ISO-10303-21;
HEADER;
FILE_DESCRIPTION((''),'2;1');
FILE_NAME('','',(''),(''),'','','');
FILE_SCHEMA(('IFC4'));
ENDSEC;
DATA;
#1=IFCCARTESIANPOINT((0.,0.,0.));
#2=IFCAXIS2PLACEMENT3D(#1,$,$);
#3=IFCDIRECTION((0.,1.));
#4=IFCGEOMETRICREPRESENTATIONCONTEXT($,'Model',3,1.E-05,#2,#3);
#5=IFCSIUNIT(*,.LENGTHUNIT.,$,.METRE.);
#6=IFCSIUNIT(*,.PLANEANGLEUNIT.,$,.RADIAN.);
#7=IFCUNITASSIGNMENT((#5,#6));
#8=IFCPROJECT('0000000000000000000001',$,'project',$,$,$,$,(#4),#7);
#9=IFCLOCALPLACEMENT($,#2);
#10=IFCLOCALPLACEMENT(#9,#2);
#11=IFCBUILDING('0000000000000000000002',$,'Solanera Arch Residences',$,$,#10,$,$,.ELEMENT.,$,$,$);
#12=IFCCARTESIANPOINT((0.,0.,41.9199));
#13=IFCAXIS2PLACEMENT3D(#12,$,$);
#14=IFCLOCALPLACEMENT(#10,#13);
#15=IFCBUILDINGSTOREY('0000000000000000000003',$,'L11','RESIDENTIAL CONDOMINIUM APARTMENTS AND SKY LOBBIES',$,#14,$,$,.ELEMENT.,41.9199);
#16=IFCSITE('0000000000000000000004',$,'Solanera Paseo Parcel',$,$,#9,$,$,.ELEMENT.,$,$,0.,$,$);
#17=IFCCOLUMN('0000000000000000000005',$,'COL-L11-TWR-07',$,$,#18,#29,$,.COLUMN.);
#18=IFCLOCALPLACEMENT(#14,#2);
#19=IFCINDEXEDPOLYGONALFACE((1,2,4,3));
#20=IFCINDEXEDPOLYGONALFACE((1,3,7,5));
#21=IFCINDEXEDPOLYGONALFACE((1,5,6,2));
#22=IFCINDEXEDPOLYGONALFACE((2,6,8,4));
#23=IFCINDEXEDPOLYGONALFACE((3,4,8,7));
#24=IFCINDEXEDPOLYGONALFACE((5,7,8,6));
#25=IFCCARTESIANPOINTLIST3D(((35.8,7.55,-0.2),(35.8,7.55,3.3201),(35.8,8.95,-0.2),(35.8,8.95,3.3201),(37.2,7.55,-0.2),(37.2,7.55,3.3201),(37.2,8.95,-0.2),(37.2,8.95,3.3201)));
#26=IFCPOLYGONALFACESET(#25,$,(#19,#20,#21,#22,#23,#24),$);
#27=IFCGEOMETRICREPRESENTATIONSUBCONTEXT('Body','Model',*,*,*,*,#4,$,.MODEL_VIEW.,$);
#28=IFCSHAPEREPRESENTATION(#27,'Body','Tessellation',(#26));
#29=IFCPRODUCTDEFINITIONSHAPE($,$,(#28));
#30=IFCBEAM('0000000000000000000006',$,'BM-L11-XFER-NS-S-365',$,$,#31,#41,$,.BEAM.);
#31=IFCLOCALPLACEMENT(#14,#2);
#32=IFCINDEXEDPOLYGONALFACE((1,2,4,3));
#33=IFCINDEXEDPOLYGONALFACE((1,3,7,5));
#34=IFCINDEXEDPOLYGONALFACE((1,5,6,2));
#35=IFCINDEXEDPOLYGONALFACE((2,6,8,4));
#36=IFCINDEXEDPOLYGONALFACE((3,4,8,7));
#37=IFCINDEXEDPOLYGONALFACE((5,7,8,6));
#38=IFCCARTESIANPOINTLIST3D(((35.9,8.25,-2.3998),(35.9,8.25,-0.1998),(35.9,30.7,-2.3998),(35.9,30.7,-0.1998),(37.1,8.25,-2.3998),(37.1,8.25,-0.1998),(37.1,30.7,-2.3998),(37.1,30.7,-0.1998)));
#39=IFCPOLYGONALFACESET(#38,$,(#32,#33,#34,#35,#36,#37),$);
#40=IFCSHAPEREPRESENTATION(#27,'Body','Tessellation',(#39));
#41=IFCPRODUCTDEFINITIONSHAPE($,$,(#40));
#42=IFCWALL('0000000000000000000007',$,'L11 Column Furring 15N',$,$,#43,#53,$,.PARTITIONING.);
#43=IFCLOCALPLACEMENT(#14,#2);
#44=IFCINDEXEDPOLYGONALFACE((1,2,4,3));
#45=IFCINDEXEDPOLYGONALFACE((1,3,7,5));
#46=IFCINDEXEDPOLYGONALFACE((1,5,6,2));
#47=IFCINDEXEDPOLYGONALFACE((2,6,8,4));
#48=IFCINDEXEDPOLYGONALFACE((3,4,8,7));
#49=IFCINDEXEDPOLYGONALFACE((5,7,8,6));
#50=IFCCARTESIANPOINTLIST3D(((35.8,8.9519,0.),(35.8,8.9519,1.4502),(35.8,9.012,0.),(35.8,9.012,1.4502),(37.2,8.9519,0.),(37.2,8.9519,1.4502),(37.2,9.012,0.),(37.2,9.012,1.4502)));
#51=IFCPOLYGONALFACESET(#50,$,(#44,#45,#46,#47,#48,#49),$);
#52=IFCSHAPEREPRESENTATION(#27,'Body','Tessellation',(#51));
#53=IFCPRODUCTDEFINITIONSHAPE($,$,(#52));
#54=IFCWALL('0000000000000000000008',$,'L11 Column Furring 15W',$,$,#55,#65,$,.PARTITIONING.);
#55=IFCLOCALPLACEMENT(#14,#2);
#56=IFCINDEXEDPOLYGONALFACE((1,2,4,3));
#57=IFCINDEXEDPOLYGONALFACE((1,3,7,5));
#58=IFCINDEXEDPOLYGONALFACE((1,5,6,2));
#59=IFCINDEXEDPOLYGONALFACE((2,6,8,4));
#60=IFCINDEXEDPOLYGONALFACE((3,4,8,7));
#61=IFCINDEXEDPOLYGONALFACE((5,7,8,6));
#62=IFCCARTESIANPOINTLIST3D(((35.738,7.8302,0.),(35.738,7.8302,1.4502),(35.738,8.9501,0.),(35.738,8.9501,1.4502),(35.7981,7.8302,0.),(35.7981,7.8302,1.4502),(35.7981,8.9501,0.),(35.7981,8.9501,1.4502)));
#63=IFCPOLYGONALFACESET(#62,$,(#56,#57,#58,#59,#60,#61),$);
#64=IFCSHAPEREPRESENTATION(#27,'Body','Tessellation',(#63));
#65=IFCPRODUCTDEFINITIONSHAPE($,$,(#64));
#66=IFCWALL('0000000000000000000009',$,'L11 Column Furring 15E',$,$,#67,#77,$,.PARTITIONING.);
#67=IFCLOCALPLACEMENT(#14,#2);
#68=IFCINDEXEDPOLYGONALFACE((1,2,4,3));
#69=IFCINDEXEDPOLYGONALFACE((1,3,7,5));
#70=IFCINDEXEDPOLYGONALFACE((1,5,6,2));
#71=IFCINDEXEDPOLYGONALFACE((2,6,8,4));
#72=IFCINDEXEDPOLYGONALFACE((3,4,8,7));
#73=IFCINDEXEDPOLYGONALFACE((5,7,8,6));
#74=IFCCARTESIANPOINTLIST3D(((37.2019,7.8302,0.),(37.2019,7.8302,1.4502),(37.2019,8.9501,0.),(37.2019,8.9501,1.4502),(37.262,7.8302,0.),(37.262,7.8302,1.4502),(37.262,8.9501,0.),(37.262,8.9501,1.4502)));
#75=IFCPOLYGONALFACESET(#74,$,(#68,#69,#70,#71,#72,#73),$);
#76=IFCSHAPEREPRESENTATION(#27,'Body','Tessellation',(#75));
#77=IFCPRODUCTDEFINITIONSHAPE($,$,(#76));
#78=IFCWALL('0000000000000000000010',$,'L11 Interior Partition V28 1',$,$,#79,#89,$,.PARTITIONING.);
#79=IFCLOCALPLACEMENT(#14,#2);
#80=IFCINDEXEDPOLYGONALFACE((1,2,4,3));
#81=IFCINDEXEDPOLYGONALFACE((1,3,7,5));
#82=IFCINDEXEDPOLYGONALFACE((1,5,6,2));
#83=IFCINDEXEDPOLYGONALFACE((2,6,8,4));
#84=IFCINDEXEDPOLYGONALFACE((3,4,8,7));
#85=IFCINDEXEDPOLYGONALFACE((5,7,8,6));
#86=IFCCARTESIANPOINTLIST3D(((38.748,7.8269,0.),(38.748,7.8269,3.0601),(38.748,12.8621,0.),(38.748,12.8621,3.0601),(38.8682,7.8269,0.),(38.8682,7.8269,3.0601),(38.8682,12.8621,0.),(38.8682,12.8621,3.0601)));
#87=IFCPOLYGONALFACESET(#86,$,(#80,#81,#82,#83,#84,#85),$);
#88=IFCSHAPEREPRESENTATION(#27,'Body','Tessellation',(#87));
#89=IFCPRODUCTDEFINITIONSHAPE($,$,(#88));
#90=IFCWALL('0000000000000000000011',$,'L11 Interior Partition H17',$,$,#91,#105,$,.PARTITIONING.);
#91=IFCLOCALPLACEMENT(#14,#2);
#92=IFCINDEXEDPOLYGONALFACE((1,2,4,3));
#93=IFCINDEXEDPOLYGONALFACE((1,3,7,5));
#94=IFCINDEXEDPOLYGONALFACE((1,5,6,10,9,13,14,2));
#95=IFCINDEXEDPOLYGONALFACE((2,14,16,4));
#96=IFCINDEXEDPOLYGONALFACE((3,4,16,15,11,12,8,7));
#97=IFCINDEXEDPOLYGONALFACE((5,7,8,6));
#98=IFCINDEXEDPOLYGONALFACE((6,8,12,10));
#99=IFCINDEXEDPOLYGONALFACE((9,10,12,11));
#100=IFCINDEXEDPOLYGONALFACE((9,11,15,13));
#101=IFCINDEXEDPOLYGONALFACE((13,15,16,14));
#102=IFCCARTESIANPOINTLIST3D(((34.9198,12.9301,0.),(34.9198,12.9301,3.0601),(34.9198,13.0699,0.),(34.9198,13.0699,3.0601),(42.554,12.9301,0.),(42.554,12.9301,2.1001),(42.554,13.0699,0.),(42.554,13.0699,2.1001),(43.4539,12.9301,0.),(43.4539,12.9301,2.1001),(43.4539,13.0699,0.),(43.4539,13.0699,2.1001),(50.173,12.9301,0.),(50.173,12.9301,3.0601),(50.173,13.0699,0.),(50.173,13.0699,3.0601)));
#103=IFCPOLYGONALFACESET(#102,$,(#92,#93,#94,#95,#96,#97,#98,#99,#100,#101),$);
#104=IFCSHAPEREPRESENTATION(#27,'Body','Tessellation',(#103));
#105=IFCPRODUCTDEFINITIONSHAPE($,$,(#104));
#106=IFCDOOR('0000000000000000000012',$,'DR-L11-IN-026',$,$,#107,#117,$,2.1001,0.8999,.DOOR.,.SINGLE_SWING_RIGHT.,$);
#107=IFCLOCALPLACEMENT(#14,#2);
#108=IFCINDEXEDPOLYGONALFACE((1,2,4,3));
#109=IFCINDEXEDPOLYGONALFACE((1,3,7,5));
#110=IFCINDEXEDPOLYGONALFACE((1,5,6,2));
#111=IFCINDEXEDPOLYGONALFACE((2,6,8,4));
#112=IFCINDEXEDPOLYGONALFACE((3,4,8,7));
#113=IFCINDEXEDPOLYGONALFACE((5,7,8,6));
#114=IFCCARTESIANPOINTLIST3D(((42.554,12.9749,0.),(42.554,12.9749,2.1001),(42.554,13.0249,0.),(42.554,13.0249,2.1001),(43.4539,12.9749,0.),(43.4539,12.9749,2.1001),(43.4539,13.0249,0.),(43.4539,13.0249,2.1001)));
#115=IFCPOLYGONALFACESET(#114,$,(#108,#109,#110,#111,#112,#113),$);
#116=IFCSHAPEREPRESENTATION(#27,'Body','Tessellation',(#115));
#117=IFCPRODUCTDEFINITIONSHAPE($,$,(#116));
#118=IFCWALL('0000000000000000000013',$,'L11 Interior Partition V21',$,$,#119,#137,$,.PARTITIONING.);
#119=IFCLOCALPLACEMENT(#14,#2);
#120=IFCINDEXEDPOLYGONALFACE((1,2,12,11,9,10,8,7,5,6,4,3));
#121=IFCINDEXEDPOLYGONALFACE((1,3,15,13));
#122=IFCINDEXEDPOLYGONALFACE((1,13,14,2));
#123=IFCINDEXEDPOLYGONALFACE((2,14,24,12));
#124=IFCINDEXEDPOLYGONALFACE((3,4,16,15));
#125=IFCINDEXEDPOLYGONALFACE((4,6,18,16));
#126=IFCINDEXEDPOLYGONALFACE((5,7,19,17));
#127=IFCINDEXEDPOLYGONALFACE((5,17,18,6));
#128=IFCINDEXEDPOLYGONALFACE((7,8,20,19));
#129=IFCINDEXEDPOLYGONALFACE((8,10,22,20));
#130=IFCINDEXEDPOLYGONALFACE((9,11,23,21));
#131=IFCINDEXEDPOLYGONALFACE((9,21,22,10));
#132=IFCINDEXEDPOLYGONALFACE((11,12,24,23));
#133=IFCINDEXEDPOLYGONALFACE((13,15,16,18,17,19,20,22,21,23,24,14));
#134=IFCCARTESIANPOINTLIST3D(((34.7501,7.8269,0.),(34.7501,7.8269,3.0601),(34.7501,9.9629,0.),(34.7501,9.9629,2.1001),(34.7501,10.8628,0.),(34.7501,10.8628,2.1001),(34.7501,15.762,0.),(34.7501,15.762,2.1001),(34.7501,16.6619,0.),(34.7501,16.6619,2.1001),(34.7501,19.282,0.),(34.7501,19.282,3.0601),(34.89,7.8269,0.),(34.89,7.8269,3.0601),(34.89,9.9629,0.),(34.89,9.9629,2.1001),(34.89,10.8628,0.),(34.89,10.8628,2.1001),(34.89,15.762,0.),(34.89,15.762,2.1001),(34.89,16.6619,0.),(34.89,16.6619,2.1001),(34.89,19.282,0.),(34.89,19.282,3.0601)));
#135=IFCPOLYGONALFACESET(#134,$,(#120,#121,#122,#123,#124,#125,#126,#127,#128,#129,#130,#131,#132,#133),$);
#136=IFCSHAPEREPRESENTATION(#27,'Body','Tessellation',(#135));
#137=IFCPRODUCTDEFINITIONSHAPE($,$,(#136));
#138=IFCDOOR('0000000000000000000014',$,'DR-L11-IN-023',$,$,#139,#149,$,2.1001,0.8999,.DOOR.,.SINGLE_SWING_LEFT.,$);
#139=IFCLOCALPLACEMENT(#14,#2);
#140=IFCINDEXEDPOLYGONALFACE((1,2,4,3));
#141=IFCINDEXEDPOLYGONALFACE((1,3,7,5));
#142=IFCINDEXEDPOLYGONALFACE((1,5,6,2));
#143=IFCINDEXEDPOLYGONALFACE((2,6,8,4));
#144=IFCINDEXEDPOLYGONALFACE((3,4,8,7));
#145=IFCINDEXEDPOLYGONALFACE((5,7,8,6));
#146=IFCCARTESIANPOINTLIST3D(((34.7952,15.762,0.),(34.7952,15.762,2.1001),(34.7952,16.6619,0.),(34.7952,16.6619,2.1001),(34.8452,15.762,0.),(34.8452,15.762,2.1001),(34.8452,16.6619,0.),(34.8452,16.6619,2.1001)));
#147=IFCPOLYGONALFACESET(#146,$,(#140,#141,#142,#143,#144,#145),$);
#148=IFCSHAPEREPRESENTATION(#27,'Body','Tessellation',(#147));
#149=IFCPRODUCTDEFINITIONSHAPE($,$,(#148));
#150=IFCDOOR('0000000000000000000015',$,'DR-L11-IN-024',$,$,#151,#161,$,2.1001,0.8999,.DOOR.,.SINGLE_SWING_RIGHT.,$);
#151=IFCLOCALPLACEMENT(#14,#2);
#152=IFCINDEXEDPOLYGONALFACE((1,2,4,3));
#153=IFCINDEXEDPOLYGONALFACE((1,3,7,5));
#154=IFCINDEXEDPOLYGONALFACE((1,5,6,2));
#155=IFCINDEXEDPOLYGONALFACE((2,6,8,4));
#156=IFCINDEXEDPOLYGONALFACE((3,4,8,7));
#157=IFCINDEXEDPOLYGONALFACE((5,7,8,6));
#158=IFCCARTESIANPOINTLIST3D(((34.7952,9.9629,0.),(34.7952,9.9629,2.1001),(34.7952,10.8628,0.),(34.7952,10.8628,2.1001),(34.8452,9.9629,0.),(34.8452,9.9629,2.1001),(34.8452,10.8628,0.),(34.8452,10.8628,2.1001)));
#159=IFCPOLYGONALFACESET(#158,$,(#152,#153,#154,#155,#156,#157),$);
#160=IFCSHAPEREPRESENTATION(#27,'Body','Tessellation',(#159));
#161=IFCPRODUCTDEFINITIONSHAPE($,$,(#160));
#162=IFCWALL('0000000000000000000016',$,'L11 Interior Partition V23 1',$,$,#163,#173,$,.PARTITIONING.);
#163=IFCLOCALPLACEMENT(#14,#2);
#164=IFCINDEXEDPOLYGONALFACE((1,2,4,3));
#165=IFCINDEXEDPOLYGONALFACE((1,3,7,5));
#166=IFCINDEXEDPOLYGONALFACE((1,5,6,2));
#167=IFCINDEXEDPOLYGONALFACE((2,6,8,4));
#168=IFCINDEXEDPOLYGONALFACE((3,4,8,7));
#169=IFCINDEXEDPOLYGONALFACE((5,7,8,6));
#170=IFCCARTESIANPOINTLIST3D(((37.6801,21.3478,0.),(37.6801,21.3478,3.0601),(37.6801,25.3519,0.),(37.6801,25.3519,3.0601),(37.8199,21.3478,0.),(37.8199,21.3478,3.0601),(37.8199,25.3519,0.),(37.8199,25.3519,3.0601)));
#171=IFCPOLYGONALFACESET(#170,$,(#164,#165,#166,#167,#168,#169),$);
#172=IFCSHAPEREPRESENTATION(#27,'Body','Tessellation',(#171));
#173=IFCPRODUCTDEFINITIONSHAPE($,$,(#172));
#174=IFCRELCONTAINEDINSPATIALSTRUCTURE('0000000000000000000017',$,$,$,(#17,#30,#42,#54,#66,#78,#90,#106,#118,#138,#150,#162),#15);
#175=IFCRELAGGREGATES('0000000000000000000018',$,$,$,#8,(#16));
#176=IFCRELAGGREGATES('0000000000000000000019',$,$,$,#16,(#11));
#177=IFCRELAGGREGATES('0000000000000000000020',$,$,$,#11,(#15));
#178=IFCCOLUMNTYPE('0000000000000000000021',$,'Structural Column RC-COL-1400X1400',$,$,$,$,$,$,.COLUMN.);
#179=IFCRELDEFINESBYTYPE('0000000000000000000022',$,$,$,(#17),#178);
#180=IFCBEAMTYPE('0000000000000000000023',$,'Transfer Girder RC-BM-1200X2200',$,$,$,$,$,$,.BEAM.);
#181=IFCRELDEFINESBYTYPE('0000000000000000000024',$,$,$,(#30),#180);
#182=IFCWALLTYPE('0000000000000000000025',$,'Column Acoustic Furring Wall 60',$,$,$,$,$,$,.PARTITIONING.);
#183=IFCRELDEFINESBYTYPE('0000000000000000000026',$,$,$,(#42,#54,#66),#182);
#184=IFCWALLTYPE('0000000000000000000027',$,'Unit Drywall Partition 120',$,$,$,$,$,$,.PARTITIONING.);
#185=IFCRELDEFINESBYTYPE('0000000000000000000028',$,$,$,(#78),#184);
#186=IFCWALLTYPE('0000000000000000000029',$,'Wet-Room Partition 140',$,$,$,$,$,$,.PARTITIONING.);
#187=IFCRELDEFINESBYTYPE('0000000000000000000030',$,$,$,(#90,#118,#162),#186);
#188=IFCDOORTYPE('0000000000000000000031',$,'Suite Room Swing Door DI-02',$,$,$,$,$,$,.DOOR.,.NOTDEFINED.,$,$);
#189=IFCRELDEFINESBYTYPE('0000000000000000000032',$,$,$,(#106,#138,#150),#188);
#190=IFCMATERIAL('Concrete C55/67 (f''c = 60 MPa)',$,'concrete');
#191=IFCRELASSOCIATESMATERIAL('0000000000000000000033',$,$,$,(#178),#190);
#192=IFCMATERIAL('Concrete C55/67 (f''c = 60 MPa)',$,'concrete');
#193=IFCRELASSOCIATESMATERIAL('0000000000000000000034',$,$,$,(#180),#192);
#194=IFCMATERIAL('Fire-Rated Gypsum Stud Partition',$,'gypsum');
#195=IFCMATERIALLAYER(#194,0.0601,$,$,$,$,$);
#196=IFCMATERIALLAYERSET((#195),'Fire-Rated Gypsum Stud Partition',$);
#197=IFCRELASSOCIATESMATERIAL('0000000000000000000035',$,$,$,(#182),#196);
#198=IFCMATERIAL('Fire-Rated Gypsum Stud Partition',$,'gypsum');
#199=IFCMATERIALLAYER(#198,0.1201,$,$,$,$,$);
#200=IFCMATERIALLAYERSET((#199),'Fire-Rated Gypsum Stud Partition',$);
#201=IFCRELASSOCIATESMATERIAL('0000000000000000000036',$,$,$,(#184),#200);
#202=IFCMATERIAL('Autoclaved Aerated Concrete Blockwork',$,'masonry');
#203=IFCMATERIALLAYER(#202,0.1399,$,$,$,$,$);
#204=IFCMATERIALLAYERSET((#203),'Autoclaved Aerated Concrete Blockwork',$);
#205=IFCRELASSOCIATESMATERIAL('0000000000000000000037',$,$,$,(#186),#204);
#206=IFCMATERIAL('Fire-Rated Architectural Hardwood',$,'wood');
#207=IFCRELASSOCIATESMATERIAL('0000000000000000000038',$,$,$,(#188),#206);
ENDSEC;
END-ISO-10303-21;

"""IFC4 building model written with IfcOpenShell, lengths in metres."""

from ifc_helpers import new_model, si_unit, direction, frame, frame_2d, origin, origin_2d, place, context, subcontext, project, spatial, rectangle, extrude, material, layer, layer_set, material_profile, profile_set, type_object, element, fill, save


model = new_model("IFC4")

# Units and contexts
model_context = context("Model", 3, precision=1e-05, world=origin(), true_north=direction((0.0, 1.0)))
body_context = subcontext(model_context, "Body", "Model", "MODEL_VIEW")
ifc_project = project(units=[si_unit("LENGTHUNIT", "METRE"), si_unit("PLANEANGLEUNIT", "RADIAN")], contexts=[model_context])

# Site, building, storey
site_placement = place(None, origin())
site = spatial("IfcSite", under=ifc_project, at=site_placement, Name="Solanera Paseo Parcel", CompositionType="ELEMENT", RefElevation=0.0)
building_placement = place(site_placement, origin())
building = spatial("IfcBuilding", under=site, at=building_placement, Name="Solanera Arch Residences", CompositionType="ELEMENT")
storey_placement = place(building_placement, frame((0.0, 0.0, 41.9199)))
storey = spatial("IfcBuildingStorey", under=building, at=storey_placement, Name="L11", Description="RESIDENTIAL CONDOMINIUM APARTMENTS AND SKY LOBBIES", CompositionType="ELEMENT", Elevation=41.9199)

# Column
ifc_material_1 = material(Name="Concrete C55/67 (f'c = 60 MPa)", Category="concrete")
ifc_material_profile_1 = material_profile(ifc_material_1, rectangle(XDim=1.3999, YDim=1.3999, at=origin_2d()))
ifc_profile_set_1 = profile_set([ifc_material_profile_1], Name="Concrete C55/67 (f'c = 60 MPa)")
column_type = type_object("IfcColumnType", Name="Structural Column RC-COL-1400X1400", PredefinedType="COLUMN", material=ifc_profile_set_1)
column_placement = place(storey_placement, frame((36.5, 8.25, -0.2), z_axis=(0.0, 0.0, 1.0), x_axis=(1.0, 0.0, 0.0)))
element("IfcColumn", 1, at=column_placement, inside=storey, type_object=column_type, Name="COL-L11-TWR-07", PredefinedType="COLUMN", context=body_context, shape_type="SweptSolid", body=[
    extrude(rectangle(XDim=1.3999, YDim=1.3999, at=origin_2d()), origin(), (0.0, 0.0, 1.0), 3.52),
])

# Beam
ifc_material_2 = material(Name="Concrete C55/67 (f'c = 60 MPa)", Category="concrete")
ifc_material_profile_2 = material_profile(ifc_material_2, rectangle(XDim=1.2, YDim=2.2, at=origin_2d()))
ifc_profile_set_2 = profile_set([ifc_material_profile_2], Name="Concrete C55/67 (f'c = 60 MPa)")
beam_type = type_object("IfcBeamType", Name="Transfer Girder RC-BM-1200X2200", PredefinedType="BEAM", material=ifc_profile_set_2)
beam_placement = place(storey_placement, frame((36.5, 8.25, -1.2998), z_axis=(0.0, 1.0, 0.0), x_axis=(-1.0, 0.0, 0.0)))
element("IfcBeam", 2, at=beam_placement, inside=storey, type_object=beam_type, Name="BM-L11-XFER-NS-S-365", PredefinedType="BEAM", context=body_context, shape_type="SweptSolid", body=[
    extrude(rectangle(XDim=1.2, YDim=2.2, at=origin_2d()), origin(), (0.0, 0.0, 1.0), 22.45),
])

# Walls
ifc_material_3 = material(Name="Fire-Rated Gypsum Stud Partition", Category="gypsum")
ifc_layer_1 = layer(ifc_material_3, 0.0601)
ifc_layer_set_1 = layer_set([ifc_layer_1], Name="Fire-Rated Gypsum Stud Partition")
wall_type_1 = type_object("IfcWallType", Name="Column Acoustic Furring Wall 60", PredefinedType="PARTITIONING", material=ifc_layer_set_1)
wall_1_placement = place(storey_placement, frame((35.8, 8.9819, 0.0), z_axis=(0.0, 0.0, 1.0), x_axis=(1.0, 0.0, 0.0)))
element("IfcWall", 3, at=wall_1_placement, inside=storey, type_object=wall_type_1, Name="L11 Column Furring 15N", PredefinedType="PARTITIONING", context=body_context, shape_type="SweptSolid", body=[
    extrude(rectangle(XDim=1.3999, YDim=0.0601, at=frame_2d((0.7, 0.0))), origin(), (0.0, 0.0, 1.0), 1.4502),
])
for number, where, z_axis, x_axis, name in (
    (4, (35.7681, 7.8301, 0.0), (0.0, 0.0, 1.0), (0.0, 1.0, 0.0), "L11 Column Furring 15W"),
    (5, (37.2319, 7.8301, 0.0), (0.0, 0.0, 1.0), (0.0, 1.0, 0.0), "L11 Column Furring 15E"),
):
    element("IfcWall", number, at=place(storey_placement, frame(where, z_axis=z_axis, x_axis=x_axis)), inside=storey, type_object=wall_type_1, Name=name, PredefinedType="PARTITIONING", context=body_context, shape_type="SweptSolid", body=[
        extrude(rectangle(XDim=1.1199, YDim=0.0601, at=frame_2d((0.5601, 0.0))), origin(), (0.0, 0.0, 1.0), 1.4502),
    ])
ifc_material_4 = material(Name="Fire-Rated Gypsum Stud Partition", Category="gypsum")
ifc_layer_2 = layer(ifc_material_4, 0.1201)
ifc_layer_set_2 = layer_set([ifc_layer_2], Name="Fire-Rated Gypsum Stud Partition")
wall_type_2 = type_object("IfcWallType", Name="Unit Drywall Partition 120", PredefinedType="PARTITIONING", material=ifc_layer_set_2)
wall_2_placement = place(storey_placement, frame((38.8081, 7.8269, 0.0), z_axis=(0.0, 0.0, 1.0), x_axis=(0.0, 1.0, 0.0)))
element("IfcWall", 6, at=wall_2_placement, inside=storey, type_object=wall_type_2, Name="L11 Interior Partition V28 1", PredefinedType="PARTITIONING", context=body_context, shape_type="SweptSolid", body=[
    extrude(rectangle(XDim=5.0352, YDim=0.1201, at=frame_2d((2.5176, 0.0))), origin(), (0.0, 0.0, 1.0), 3.0601),
])

# Wall, opening, door
ifc_material_5 = material(Name="Autoclaved Aerated Concrete Blockwork", Category="masonry")
ifc_layer_3 = layer(ifc_material_5, 0.1399)
ifc_layer_set_3 = layer_set([ifc_layer_3], Name="Autoclaved Aerated Concrete Blockwork")
wall_type_3 = type_object("IfcWallType", Name="Wet-Room Partition 140", PredefinedType="PARTITIONING", material=ifc_layer_set_3)
wall_3_placement = place(storey_placement, frame((34.9199, 13.0, 0.0), z_axis=(0.0, 0.0, 1.0), x_axis=(1.0, 0.0, 0.0)))
wall_3 = element("IfcWall", 7, at=wall_3_placement, inside=storey, type_object=wall_type_3, Name="L11 Interior Partition H17", PredefinedType="PARTITIONING", context=body_context, shape_type="SweptSolid", body=[
    extrude(rectangle(XDim=15.2532, YDim=0.1399, at=frame_2d((7.6265, 0.0))), origin(), (0.0, 0.0, 1.0), 3.0601),
])
opening_1_placement = place(wall_3_placement, frame((7.634, 0.0, 0.0)))
opening_1 = element("IfcOpeningElement", 8, at=opening_1_placement, cuts=wall_3, PredefinedType="OPENING", context=body_context, shape_type="SweptSolid", body=[
    extrude(rectangle(XDim=0.8999, YDim=2.1001, at=frame_2d((0.45, 1.05))), frame((0.0, 0.0798, 0.0), z_axis=(0.0, -1.0, 0.0), x_axis=(1.0, 0.0, 0.0)), (0.0, 0.0, 1.0), 0.1599),
])
ifc_material_6 = material(Name="Fire-Rated Architectural Hardwood", Category="wood")
door_type = type_object("IfcDoorType", Name="Suite Room Swing Door DI-02", OperationType="NOTDEFINED", PredefinedType="DOOR", material=ifc_material_6)
door_1_placement = place(opening_1_placement, origin())
door_1 = element("IfcDoor", 9, at=door_1_placement, inside=storey, type_object=door_type, Name="DR-L11-IN-026", OperationType="SINGLE_SWING_RIGHT", OverallHeight=2.1001, OverallWidth=0.8999, PredefinedType="DOOR", context=body_context, shape_type="SweptSolid", body=[
    extrude(rectangle(XDim=0.8999, YDim=2.1001, at=frame_2d((0.45, 1.05))), frame((0.0, 0.0249, 0.0), z_axis=(0.0, -1.0, 0.0), x_axis=(1.0, 0.0, 0.0)), (0.0, 0.0, 1.0), 0.05),
])
fill(opening_1, door_1)

# Wall, openings, doors
wall_4_placement = place(storey_placement, frame((34.8201, 7.8269, 0.0), z_axis=(0.0, 0.0, 1.0), x_axis=(0.0, 1.0, 0.0)))
wall_4 = element("IfcWall", 10, at=wall_4_placement, inside=storey, type_object=wall_type_3, Name="L11 Interior Partition V21", PredefinedType="PARTITIONING", context=body_context, shape_type="SweptSolid", body=[
    extrude(rectangle(XDim=11.4551, YDim=0.1399, at=frame_2d((5.7275, 0.0))), origin(), (0.0, 0.0, 1.0), 3.0601),
])
opening_2_placement = place(wall_4_placement, frame((7.9351, 0.0, 0.0)))
opening_2 = element("IfcOpeningElement", 11, at=opening_2_placement, cuts=wall_4, PredefinedType="OPENING", context=body_context, shape_type="SweptSolid", body=[
    extrude(rectangle(XDim=0.8999, YDim=2.1001, at=frame_2d((0.45, 1.05))), frame((0.0, 0.0798, 0.0), z_axis=(0.0, -1.0, 0.0), x_axis=(1.0, 0.0, 0.0)), (0.0, 0.0, 1.0), 0.1599),
])
opening_3_placement = place(wall_4_placement, frame((2.136, 0.0, 0.0)))
opening_3 = element("IfcOpeningElement", 12, at=opening_3_placement, cuts=wall_4, PredefinedType="OPENING", context=body_context, shape_type="SweptSolid", body=[
    extrude(rectangle(XDim=0.8999, YDim=2.1001, at=frame_2d((0.45, 1.05))), frame((0.0, 0.0798, 0.0), z_axis=(0.0, -1.0, 0.0), x_axis=(1.0, 0.0, 0.0)), (0.0, 0.0, 1.0), 0.1599),
])
door_2_placement = place(opening_2_placement, origin())
door_2 = element("IfcDoor", 13, at=door_2_placement, inside=storey, type_object=door_type, Name="DR-L11-IN-023", OperationType="SINGLE_SWING_LEFT", OverallHeight=2.1001, OverallWidth=0.8999, PredefinedType="DOOR", context=body_context, shape_type="SweptSolid", body=[
    extrude(rectangle(XDim=0.8999, YDim=2.1001, at=frame_2d((0.45, 1.05))), frame((0.0, 0.0249, 0.0), z_axis=(0.0, -1.0, 0.0), x_axis=(1.0, 0.0, 0.0)), (0.0, 0.0, 1.0), 0.05),
])
fill(opening_2, door_2)
door_3_placement = place(opening_3_placement, origin())
door_3 = element("IfcDoor", 14, at=door_3_placement, inside=storey, type_object=door_type, Name="DR-L11-IN-024", OperationType="SINGLE_SWING_RIGHT", OverallHeight=2.1001, OverallWidth=0.8999, PredefinedType="DOOR", context=body_context, shape_type="SweptSolid", body=[
    extrude(rectangle(XDim=0.8999, YDim=2.1001, at=frame_2d((0.45, 1.05))), frame((0.0, 0.0249, 0.0), z_axis=(0.0, -1.0, 0.0), x_axis=(1.0, 0.0, 0.0)), (0.0, 0.0, 1.0), 0.05),
])
fill(opening_3, door_3)

# Wall
wall_5_placement = place(storey_placement, frame((37.75, 21.3479, 0.0), z_axis=(0.0, 0.0, 1.0), x_axis=(0.0, 1.0, 0.0)))
element("IfcWall", 15, at=wall_5_placement, inside=storey, type_object=wall_type_3, Name="L11 Interior Partition V23 1", PredefinedType="PARTITIONING", context=body_context, shape_type="SweptSolid", body=[
    extrude(rectangle(XDim=4.0042, YDim=0.1399, at=frame_2d((2.002, 0.0))), origin(), (0.0, 0.0, 1.0), 3.0601),
])

save(model, "model.ifc")
